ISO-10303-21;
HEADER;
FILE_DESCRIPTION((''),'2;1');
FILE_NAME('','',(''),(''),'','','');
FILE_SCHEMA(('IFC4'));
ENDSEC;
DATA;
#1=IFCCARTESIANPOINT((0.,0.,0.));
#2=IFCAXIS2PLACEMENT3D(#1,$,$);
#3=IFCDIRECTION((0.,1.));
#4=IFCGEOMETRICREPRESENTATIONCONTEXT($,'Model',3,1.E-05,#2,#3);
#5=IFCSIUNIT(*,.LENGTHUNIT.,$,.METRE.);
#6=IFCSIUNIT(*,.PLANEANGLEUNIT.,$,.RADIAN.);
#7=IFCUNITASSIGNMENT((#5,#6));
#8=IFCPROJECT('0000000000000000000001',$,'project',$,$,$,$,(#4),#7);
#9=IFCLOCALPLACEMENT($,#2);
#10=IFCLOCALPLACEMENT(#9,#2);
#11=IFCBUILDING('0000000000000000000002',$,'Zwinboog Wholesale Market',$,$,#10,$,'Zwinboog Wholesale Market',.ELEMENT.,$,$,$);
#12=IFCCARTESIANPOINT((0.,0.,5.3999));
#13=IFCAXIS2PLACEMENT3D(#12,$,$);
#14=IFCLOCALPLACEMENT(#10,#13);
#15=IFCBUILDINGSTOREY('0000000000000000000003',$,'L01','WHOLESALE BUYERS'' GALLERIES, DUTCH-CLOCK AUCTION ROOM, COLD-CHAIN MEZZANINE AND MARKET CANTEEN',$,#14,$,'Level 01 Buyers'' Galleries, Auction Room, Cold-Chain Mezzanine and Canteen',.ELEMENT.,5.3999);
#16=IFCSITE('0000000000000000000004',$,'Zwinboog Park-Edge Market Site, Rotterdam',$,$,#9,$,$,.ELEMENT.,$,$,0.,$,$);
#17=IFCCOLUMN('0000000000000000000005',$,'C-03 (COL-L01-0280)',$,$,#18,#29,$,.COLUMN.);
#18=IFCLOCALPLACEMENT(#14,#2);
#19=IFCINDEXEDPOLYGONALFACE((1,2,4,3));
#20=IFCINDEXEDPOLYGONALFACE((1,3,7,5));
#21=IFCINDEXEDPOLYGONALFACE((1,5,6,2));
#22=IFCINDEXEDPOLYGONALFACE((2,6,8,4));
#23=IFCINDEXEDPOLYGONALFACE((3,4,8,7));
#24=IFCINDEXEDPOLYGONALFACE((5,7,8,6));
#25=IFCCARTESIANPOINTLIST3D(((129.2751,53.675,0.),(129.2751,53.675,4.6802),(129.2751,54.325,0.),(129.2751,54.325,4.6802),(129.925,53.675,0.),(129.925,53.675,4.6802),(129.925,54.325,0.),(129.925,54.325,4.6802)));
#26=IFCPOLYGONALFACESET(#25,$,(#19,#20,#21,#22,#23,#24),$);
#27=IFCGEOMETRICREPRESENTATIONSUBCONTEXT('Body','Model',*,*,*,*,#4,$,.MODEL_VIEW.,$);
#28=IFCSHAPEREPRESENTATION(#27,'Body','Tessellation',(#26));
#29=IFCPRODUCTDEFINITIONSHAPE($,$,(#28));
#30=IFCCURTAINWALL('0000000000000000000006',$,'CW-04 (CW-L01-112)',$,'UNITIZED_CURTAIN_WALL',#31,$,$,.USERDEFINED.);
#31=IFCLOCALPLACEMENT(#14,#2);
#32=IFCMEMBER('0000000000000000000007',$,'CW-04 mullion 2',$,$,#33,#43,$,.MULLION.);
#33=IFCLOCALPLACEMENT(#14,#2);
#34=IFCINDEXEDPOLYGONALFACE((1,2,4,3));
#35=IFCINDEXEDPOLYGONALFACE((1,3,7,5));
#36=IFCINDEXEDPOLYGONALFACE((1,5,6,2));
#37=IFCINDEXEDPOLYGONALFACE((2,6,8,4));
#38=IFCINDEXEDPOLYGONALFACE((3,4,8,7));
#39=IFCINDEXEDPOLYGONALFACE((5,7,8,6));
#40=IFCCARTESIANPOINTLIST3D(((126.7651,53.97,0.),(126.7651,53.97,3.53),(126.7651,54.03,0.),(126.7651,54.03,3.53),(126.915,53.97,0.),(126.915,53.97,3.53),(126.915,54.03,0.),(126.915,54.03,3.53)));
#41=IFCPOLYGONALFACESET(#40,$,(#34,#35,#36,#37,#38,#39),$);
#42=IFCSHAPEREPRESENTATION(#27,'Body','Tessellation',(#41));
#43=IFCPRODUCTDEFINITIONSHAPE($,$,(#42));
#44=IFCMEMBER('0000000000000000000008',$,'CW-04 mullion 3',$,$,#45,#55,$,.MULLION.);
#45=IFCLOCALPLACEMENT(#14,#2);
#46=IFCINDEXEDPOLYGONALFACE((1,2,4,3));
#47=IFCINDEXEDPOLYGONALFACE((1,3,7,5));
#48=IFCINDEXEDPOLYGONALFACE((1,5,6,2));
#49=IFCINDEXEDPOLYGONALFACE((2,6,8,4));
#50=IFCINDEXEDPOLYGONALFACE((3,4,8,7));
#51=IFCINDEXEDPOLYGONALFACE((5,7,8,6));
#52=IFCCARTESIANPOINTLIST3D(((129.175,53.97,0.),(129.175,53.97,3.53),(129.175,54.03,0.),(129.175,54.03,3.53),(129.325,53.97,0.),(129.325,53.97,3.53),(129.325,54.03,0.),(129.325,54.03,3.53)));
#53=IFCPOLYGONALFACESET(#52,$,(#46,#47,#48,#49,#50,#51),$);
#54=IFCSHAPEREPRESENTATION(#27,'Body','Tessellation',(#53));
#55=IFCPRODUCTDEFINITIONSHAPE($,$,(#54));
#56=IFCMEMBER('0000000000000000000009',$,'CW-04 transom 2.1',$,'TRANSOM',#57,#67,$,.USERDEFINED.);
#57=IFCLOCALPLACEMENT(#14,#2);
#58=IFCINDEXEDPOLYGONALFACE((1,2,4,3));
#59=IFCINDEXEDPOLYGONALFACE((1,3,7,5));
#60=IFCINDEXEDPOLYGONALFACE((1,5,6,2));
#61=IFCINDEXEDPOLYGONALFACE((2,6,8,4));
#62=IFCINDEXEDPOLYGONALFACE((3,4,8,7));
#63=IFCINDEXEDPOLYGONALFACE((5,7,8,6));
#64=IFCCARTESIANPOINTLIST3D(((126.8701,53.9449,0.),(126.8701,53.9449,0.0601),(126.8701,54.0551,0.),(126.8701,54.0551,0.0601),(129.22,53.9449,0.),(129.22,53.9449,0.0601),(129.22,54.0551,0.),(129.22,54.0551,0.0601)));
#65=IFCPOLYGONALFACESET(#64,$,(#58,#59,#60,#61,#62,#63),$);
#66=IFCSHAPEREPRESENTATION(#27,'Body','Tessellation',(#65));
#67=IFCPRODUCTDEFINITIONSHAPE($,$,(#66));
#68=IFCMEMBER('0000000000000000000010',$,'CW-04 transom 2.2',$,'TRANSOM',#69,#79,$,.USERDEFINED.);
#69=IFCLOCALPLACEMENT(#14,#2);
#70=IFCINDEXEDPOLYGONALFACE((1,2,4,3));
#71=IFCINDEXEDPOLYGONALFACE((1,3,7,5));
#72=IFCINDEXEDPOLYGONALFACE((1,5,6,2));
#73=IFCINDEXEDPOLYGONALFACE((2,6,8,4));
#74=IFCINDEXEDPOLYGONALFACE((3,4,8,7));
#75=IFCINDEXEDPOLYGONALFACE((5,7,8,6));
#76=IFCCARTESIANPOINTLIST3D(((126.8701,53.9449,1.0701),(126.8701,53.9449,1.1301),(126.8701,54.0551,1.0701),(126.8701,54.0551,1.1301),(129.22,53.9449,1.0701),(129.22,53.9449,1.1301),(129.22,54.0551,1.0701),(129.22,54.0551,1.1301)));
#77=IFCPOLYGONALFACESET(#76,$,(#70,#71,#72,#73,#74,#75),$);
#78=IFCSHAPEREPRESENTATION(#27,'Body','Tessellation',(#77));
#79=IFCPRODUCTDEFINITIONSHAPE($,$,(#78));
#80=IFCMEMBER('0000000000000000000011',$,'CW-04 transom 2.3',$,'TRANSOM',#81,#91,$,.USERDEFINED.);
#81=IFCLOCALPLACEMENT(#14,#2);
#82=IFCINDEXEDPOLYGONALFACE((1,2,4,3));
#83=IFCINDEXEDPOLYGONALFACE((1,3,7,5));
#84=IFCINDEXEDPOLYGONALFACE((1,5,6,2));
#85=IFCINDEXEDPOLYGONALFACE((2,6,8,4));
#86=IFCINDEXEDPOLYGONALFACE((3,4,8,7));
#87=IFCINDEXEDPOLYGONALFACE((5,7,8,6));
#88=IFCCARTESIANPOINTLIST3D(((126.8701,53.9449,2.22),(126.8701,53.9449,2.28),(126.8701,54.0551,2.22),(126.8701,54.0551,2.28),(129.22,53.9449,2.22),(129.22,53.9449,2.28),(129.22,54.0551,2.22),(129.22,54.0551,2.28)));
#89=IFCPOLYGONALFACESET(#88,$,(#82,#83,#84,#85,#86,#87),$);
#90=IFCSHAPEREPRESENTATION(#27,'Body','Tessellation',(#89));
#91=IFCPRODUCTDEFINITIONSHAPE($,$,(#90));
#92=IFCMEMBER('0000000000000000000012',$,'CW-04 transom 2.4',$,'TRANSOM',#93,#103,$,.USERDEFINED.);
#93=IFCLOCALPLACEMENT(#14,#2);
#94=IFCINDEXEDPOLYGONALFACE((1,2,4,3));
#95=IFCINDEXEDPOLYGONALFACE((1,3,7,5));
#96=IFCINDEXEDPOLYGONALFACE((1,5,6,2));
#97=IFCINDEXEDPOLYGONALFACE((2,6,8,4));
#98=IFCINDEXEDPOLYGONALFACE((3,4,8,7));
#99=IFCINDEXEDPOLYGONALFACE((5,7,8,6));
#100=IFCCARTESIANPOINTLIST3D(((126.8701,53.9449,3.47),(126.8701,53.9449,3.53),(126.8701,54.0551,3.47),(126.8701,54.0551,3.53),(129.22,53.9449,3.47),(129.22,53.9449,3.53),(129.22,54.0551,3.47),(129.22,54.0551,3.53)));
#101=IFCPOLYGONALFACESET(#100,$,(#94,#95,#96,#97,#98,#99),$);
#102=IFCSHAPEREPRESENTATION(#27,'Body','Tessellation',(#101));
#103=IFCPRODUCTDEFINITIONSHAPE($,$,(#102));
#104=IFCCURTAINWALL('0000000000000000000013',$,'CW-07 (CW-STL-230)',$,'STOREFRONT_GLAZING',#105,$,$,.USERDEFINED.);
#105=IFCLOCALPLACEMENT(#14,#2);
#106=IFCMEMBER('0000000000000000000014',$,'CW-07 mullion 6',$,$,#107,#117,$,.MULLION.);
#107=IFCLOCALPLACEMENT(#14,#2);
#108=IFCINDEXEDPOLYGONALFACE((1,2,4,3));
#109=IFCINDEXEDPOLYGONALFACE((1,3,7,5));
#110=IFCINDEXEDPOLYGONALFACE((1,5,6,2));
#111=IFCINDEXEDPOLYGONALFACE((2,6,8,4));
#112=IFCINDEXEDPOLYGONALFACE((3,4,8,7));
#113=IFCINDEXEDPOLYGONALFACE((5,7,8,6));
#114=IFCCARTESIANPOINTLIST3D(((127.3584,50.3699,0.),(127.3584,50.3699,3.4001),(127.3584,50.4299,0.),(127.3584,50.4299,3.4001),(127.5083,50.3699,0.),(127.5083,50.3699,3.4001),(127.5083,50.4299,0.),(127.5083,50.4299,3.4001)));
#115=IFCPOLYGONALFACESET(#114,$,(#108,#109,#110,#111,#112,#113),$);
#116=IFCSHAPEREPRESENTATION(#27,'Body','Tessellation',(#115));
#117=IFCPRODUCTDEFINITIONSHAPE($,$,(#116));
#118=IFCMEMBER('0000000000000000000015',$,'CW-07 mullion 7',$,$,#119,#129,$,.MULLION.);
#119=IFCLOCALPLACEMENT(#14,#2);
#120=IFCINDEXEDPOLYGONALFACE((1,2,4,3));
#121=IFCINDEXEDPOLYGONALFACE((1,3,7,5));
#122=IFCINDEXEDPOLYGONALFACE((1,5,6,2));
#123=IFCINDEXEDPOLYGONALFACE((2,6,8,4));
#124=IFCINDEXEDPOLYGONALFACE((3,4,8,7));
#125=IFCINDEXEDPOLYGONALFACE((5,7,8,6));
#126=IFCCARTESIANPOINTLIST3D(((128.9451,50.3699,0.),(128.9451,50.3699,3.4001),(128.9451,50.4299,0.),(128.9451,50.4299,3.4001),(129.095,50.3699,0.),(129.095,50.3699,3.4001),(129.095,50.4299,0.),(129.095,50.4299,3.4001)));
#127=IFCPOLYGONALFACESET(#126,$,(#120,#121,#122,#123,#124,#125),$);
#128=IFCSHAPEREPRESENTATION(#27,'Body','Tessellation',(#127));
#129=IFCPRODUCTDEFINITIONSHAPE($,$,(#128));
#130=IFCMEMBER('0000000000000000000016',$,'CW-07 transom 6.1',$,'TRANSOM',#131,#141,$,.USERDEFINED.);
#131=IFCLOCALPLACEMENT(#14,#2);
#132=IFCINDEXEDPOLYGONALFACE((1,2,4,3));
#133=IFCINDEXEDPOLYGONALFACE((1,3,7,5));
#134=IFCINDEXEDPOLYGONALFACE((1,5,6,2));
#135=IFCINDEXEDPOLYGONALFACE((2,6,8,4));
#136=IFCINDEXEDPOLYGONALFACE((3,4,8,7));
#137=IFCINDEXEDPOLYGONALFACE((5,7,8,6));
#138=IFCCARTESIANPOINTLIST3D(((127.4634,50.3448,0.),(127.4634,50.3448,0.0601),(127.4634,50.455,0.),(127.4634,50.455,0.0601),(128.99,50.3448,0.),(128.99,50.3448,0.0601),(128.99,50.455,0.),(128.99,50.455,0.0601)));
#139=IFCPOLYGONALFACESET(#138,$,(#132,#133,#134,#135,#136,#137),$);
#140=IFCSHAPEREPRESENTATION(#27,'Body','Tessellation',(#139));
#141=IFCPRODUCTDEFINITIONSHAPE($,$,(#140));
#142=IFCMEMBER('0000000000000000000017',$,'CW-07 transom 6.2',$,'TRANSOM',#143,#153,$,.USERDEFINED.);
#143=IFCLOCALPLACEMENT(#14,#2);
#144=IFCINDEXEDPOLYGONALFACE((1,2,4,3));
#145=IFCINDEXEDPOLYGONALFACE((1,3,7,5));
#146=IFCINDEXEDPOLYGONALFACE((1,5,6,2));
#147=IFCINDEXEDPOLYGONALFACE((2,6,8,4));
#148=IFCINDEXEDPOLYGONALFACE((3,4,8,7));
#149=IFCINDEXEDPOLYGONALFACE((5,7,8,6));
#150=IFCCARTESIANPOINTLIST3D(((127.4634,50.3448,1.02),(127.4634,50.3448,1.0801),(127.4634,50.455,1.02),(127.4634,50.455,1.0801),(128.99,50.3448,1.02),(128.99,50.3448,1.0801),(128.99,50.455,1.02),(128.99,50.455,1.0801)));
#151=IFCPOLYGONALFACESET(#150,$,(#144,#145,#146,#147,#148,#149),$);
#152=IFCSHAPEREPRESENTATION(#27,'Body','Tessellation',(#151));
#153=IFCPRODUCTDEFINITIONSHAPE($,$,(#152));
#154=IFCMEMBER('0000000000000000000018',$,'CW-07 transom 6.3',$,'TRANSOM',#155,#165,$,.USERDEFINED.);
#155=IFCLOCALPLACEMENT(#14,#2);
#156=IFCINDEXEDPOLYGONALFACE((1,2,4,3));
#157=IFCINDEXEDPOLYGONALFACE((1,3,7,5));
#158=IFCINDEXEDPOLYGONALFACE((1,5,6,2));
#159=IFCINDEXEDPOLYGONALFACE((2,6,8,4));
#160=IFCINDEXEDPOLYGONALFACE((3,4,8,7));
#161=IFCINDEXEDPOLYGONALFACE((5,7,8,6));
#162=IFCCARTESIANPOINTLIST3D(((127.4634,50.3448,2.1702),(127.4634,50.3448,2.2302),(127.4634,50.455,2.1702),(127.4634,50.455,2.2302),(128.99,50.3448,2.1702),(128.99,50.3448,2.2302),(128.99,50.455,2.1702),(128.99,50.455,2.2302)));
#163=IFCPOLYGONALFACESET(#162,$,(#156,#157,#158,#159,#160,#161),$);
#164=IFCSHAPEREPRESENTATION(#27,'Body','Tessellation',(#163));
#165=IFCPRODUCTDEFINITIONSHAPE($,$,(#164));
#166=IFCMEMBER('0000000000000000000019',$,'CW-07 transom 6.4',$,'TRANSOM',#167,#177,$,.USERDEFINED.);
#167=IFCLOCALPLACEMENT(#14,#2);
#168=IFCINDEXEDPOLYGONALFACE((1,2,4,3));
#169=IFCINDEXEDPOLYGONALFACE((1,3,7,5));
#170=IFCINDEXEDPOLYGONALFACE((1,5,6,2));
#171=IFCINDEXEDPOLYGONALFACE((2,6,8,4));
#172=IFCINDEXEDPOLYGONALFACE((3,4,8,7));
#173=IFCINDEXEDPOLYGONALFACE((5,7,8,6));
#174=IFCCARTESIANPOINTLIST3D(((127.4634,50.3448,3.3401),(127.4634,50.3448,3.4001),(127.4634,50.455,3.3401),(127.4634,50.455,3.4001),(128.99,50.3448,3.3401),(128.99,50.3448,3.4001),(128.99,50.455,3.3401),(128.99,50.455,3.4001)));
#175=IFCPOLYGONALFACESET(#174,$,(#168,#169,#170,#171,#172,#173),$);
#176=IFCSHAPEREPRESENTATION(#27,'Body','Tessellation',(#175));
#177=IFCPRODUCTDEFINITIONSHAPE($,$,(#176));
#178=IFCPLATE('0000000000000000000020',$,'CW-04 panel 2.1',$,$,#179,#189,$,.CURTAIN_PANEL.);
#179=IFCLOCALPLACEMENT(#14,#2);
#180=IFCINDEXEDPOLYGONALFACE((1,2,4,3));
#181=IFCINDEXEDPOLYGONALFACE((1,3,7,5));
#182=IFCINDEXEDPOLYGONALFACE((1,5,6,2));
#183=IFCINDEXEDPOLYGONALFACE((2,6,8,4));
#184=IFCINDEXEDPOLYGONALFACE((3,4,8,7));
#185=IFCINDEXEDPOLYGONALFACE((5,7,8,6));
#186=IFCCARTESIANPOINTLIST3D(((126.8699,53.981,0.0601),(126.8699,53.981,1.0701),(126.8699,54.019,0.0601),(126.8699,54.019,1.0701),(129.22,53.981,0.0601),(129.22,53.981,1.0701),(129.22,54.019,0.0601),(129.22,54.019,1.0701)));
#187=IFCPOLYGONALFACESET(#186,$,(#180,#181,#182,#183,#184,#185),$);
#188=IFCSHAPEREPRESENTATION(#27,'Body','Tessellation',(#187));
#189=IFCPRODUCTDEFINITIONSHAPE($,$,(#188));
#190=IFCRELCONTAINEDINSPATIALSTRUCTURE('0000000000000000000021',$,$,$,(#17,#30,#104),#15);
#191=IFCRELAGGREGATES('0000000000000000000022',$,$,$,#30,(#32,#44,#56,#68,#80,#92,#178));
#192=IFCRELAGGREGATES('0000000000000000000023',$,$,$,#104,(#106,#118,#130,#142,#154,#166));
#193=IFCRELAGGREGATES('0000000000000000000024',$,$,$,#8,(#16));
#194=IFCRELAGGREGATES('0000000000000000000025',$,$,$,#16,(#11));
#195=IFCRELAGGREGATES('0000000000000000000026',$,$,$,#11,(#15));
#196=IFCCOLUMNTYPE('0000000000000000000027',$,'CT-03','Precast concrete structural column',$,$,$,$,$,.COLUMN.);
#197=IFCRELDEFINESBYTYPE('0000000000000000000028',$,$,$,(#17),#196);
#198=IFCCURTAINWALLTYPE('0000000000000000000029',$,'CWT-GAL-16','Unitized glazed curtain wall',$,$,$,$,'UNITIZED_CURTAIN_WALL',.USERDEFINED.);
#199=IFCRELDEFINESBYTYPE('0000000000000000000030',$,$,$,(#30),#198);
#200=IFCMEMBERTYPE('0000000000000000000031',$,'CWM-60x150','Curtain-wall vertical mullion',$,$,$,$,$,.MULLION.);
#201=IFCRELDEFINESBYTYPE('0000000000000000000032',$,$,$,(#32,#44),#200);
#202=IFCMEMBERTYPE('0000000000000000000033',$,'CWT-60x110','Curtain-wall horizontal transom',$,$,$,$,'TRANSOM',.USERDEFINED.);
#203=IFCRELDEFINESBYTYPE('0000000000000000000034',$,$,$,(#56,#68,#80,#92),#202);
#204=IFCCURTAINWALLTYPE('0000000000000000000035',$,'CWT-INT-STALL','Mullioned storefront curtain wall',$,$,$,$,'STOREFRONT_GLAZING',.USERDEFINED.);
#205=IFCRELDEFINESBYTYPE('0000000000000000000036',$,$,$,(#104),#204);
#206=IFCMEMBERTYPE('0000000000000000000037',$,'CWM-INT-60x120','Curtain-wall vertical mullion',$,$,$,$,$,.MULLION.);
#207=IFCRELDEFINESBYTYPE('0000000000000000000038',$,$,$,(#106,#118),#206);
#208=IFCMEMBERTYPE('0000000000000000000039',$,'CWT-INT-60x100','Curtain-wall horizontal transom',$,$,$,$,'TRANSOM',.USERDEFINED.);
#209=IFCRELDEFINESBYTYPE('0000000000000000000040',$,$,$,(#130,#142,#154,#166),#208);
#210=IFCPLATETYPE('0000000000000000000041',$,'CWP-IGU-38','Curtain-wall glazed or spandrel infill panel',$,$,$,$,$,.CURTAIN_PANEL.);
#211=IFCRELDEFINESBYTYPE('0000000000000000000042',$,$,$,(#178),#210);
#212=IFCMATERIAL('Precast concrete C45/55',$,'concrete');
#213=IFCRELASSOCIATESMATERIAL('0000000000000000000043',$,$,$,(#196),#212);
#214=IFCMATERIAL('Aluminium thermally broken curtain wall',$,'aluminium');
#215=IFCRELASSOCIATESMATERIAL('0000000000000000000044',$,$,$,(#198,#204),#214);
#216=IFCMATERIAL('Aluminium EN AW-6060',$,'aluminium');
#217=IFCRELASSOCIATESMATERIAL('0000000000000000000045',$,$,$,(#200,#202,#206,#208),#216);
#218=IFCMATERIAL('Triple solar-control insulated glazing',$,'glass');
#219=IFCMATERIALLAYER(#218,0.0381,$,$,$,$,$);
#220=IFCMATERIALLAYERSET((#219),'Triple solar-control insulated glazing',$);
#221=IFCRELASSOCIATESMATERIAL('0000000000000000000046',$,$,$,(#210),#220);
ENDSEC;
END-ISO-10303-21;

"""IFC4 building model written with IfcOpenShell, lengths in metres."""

from ifc_helpers import new_model, si_unit, direction, frame, origin, origin_2d, place, context, subcontext, project, spatial, rectangle, extrude, material, layer, layer_set, material_profile, profile_set, type_object, element, aggregate, save


model = new_model("IFC4")

# Units and contexts
model_context = context("Model", 3, precision=1e-05, world=origin(), true_north=direction((0.0, 1.0)))
body_context = subcontext(model_context, "Body", "Model", "MODEL_VIEW")
ifc_project = project(units=[si_unit("LENGTHUNIT", "METRE"), si_unit("PLANEANGLEUNIT", "RADIAN")], contexts=[model_context])

# Site, building, storey
site_placement = place(None, origin())
site = spatial("IfcSite", under=ifc_project, at=site_placement, Name="Zwinboog Park-Edge Market Site, Rotterdam", CompositionType="ELEMENT", RefElevation=0.0)
building_placement = place(site_placement, origin())
building = spatial("IfcBuilding", under=site, at=building_placement, Name="Zwinboog Wholesale Market", LongName="Zwinboog Wholesale Market", CompositionType="ELEMENT")
storey_placement = place(building_placement, frame((0.0, 0.0, 5.3999)))
storey = spatial("IfcBuildingStorey", under=building, at=storey_placement, Name="L01", Description="WHOLESALE BUYERS' GALLERIES, DUTCH-CLOCK AUCTION ROOM, COLD-CHAIN MEZZANINE AND MARKET CANTEEN", LongName="Level 01 Buyers' Galleries, Auction Room, Cold-Chain Mezzanine and Canteen", CompositionType="ELEMENT", Elevation=5.3999)

# Column
ifc_material_1 = material(Name="Precast concrete C45/55", Category="concrete")
ifc_material_profile_1 = material_profile(ifc_material_1, rectangle(XDim=0.6499, YDim=0.6499, at=origin_2d()), Name="PC 650x650")
ifc_profile_set_1 = profile_set([ifc_material_profile_1], Name="Precast concrete C45/55")
column_type = type_object("IfcColumnType", Name="CT-03", Description="Precast concrete structural column", PredefinedType="COLUMN", material=ifc_profile_set_1)
column_placement = place(storey_placement, frame((129.6001, 54.0, 0.0), z_axis=(0.0, 0.0, 1.0), x_axis=(1.0, 0.0, 0.0)))
element("IfcColumn", 1, at=column_placement, inside=storey, type_object=column_type, Name="C-03 (COL-L01-0280)", PredefinedType="COLUMN", context=body_context, shape_type="SweptSolid", body=[
    extrude(rectangle(XDim=0.6499, YDim=0.6499, at=origin_2d()), origin(), (0.0, 0.0, 1.0), 4.6802),
])

# Curtain walls, members
ifc_material_2 = material(Name="Aluminium thermally broken curtain wall", Category="aluminium")
curtain_wall_type_1 = type_object("IfcCurtainWallType", Name="CWT-GAL-16", Description="Unitized glazed curtain wall", ElementType="UNITIZED_CURTAIN_WALL", PredefinedType="USERDEFINED", material=ifc_material_2)
curtain_wall_1_placement = place(storey_placement, origin())
curtain_wall_1 = element("IfcCurtainWall", 2, at=curtain_wall_1_placement, inside=storey, type_object=curtain_wall_type_1, Name="CW-04 (CW-L01-112)", ObjectType="UNITIZED_CURTAIN_WALL", PredefinedType="USERDEFINED")
ifc_material_3 = material(Name="Aluminium EN AW-6060", Category="aluminium")
ifc_material_profile_2 = material_profile(ifc_material_3, rectangle(XDim=0.0601, YDim=0.1499, at=origin_2d()), Name="AL 60x150")
ifc_profile_set_2 = profile_set([ifc_material_profile_2], Name="Aluminium EN AW-6060")
member_type_1 = type_object("IfcMemberType", Name="CWM-60x150", Description="Curtain-wall vertical mullion", PredefinedType="MULLION", material=ifc_profile_set_2)
member_1_placement = place(storey_placement, frame((126.8401, 54.0, 0.0), z_axis=(0.0, 0.0, 1.0), x_axis=(0.0, 1.0, 0.0)))
member_1 = element("IfcMember", 3, at=member_1_placement, type_object=member_type_1, Name="CW-04 mullion 2", PredefinedType="MULLION", context=body_context, shape_type="SweptSolid", body=[
    extrude(rectangle(XDim=0.0601, YDim=0.1499, at=origin_2d()), origin(), (0.0, 0.0, 1.0), 3.53),
])
member_2_placement = place(storey_placement, frame((129.25, 54.0, 0.0), z_axis=(0.0, 0.0, 1.0), x_axis=(0.0, 1.0, 0.0)))
member_2 = element("IfcMember", 4, at=member_2_placement, type_object=member_type_1, Name="CW-04 mullion 3", PredefinedType="MULLION", context=body_context, shape_type="SweptSolid", body=[
    extrude(rectangle(XDim=0.0601, YDim=0.1499, at=origin_2d()), origin(), (0.0, 0.0, 1.0), 3.53),
])
ifc_material_profile_3 = material_profile(ifc_material_3, rectangle(XDim=0.1101, YDim=0.0601, at=origin_2d()), Name="AL 60x110")
ifc_profile_set_3 = profile_set([ifc_material_profile_3], Name="Aluminium EN AW-6060")
member_type_2 = type_object("IfcMemberType", Name="CWT-60x110", Description="Curtain-wall horizontal transom", ElementType="TRANSOM", PredefinedType="USERDEFINED", material=ifc_profile_set_3)
member_3_placement = place(storey_placement, frame((126.8701, 54.0, 0.03), z_axis=(1.0, 0.0, 0.0), x_axis=(0.0, 1.0, 0.0)))
member_3 = element("IfcMember", 5, at=member_3_placement, type_object=member_type_2, Name="CW-04 transom 2.1", ObjectType="TRANSOM", PredefinedType="USERDEFINED", context=body_context, shape_type="SweptSolid", body=[
    extrude(rectangle(XDim=0.1101, YDim=0.0601, at=origin_2d()), origin(), (0.0, 0.0, 1.0), 2.3499),
])
member_4_placement = place(storey_placement, frame((126.8701, 54.0, 1.1001), z_axis=(1.0, 0.0, 0.0), x_axis=(0.0, 1.0, 0.0)))
member_4 = element("IfcMember", 6, at=member_4_placement, type_object=member_type_2, Name="CW-04 transom 2.2", ObjectType="TRANSOM", PredefinedType="USERDEFINED", context=body_context, shape_type="SweptSolid", body=[
    extrude(rectangle(XDim=0.1101, YDim=0.0601, at=origin_2d()), origin(), (0.0, 0.0, 1.0), 2.3499),
])
member_5_placement = place(storey_placement, frame((126.8701, 54.0, 2.25), z_axis=(1.0, 0.0, 0.0), x_axis=(0.0, 1.0, 0.0)))
member_5 = element("IfcMember", 7, at=member_5_placement, type_object=member_type_2, Name="CW-04 transom 2.3", ObjectType="TRANSOM", PredefinedType="USERDEFINED", context=body_context, shape_type="SweptSolid", body=[
    extrude(rectangle(XDim=0.1101, YDim=0.0601, at=origin_2d()), origin(), (0.0, 0.0, 1.0), 2.3499),
])
member_6_placement = place(storey_placement, frame((126.8701, 54.0, 3.5), z_axis=(1.0, 0.0, 0.0), x_axis=(0.0, 1.0, 0.0)))
member_6 = element("IfcMember", 8, at=member_6_placement, type_object=member_type_2, Name="CW-04 transom 2.4", ObjectType="TRANSOM", PredefinedType="USERDEFINED", context=body_context, shape_type="SweptSolid", body=[
    extrude(rectangle(XDim=0.1101, YDim=0.0601, at=origin_2d()), origin(), (0.0, 0.0, 1.0), 2.3499),
])
curtain_wall_type_2 = type_object("IfcCurtainWallType", Name="CWT-INT-STALL", Description="Mullioned storefront curtain wall", ElementType="STOREFRONT_GLAZING", PredefinedType="USERDEFINED", material=ifc_material_2)
curtain_wall_2_placement = place(storey_placement, origin())
curtain_wall_2 = element("IfcCurtainWall", 9, at=curtain_wall_2_placement, inside=storey, type_object=curtain_wall_type_2, Name="CW-07 (CW-STL-230)", ObjectType="STOREFRONT_GLAZING", PredefinedType="USERDEFINED")
ifc_material_profile_4 = material_profile(ifc_material_3, rectangle(XDim=0.0601, YDim=0.1499, at=origin_2d()), Name="AL 60x150")
ifc_profile_set_4 = profile_set([ifc_material_profile_4], Name="Aluminium EN AW-6060")
member_type_3 = type_object("IfcMemberType", Name="CWM-INT-60x120", Description="Curtain-wall vertical mullion", PredefinedType="MULLION", material=ifc_profile_set_4)
member_7_placement = place(storey_placement, frame((127.4333, 50.3999, 0.0), z_axis=(0.0, 0.0, 1.0), x_axis=(0.0, 1.0, 0.0)))
member_7 = element("IfcMember", 10, at=member_7_placement, type_object=member_type_3, Name="CW-07 mullion 6", PredefinedType="MULLION", context=body_context, shape_type="SweptSolid", body=[
    extrude(rectangle(XDim=0.0601, YDim=0.1499, at=origin_2d()), origin(), (0.0, 0.0, 1.0), 3.4001),
])
member_8_placement = place(storey_placement, frame((129.02, 50.3999, 0.0), z_axis=(0.0, 0.0, 1.0), x_axis=(0.0, 1.0, 0.0)))
member_8 = element("IfcMember", 11, at=member_8_placement, type_object=member_type_3, Name="CW-07 mullion 7", PredefinedType="MULLION", context=body_context, shape_type="SweptSolid", body=[
    extrude(rectangle(XDim=0.0601, YDim=0.1499, at=origin_2d()), origin(), (0.0, 0.0, 1.0), 3.4001),
])
ifc_material_profile_5 = material_profile(ifc_material_3, rectangle(XDim=0.1101, YDim=0.0601, at=origin_2d()), Name="AL 60x110")
ifc_profile_set_5 = profile_set([ifc_material_profile_5], Name="Aluminium EN AW-6060")
member_type_4 = type_object("IfcMemberType", Name="CWT-INT-60x100", Description="Curtain-wall horizontal transom", ElementType="TRANSOM", PredefinedType="USERDEFINED", material=ifc_profile_set_5)
member_9_placement = place(storey_placement, frame((127.4634, 50.3999, 0.03), z_axis=(1.0, 0.0, 0.0), x_axis=(0.0, 1.0, 0.0)))
member_9 = element("IfcMember", 12, at=member_9_placement, type_object=member_type_4, Name="CW-07 transom 6.1", ObjectType="TRANSOM", PredefinedType="USERDEFINED", context=body_context, shape_type="SweptSolid", body=[
    extrude(rectangle(XDim=0.1101, YDim=0.0601, at=origin_2d()), origin(), (0.0, 0.0, 1.0), 1.5266),
])
member_10_placement = place(storey_placement, frame((127.4634, 50.3999, 1.05), z_axis=(1.0, 0.0, 0.0), x_axis=(0.0, 1.0, 0.0)))
member_10 = element("IfcMember", 13, at=member_10_placement, type_object=member_type_4, Name="CW-07 transom 6.2", ObjectType="TRANSOM", PredefinedType="USERDEFINED", context=body_context, shape_type="SweptSolid", body=[
    extrude(rectangle(XDim=0.1101, YDim=0.0601, at=origin_2d()), origin(), (0.0, 0.0, 1.0), 1.5266),
])
member_11_placement = place(storey_placement, frame((127.4634, 50.3999, 2.2002), z_axis=(1.0, 0.0, 0.0), x_axis=(0.0, 1.0, 0.0)))
member_11 = element("IfcMember", 14, at=member_11_placement, type_object=member_type_4, Name="CW-07 transom 6.3", ObjectType="TRANSOM", PredefinedType="USERDEFINED", context=body_context, shape_type="SweptSolid", body=[
    extrude(rectangle(XDim=0.1101, YDim=0.0601, at=origin_2d()), origin(), (0.0, 0.0, 1.0), 1.5266),
])
member_12_placement = place(storey_placement, frame((127.4634, 50.3999, 3.3701), z_axis=(1.0, 0.0, 0.0), x_axis=(0.0, 1.0, 0.0)))
member_12 = element("IfcMember", 15, at=member_12_placement, type_object=member_type_4, Name="CW-07 transom 6.4", ObjectType="TRANSOM", PredefinedType="USERDEFINED", context=body_context, shape_type="SweptSolid", body=[
    extrude(rectangle(XDim=0.1101, YDim=0.0601, at=origin_2d()), origin(), (0.0, 0.0, 1.0), 1.5266),
])

# Plate
ifc_material_4 = material(Name="Triple solar-control insulated glazing", Category="glass")
ifc_layer_1 = layer(ifc_material_4, 0.0381)
ifc_layer_set_1 = layer_set([ifc_layer_1], Name="Triple solar-control insulated glazing")
plate_type_1 = type_object("IfcPlateType", Name="CWP-IGU-38", Description="Curtain-wall glazed or spandrel infill panel", PredefinedType="CURTAIN_PANEL", material=ifc_layer_set_1)
plate_1_placement = place(storey_placement, frame((128.0449, 54.0, 0.0601), z_axis=(0.0, 0.0, 1.0), x_axis=(1.0, 0.0, 0.0)))
plate_1 = element("IfcPlate", 16, at=plate_1_placement, type_object=plate_type_1, Name="CW-04 panel 2.1", PredefinedType="CURTAIN_PANEL", context=body_context, shape_type="SweptSolid", body=[
    extrude(rectangle(XDim=2.3501, YDim=0.0381, at=origin_2d()), origin(), (0.0, 0.0, 1.0), 1.01),
])
aggregate(curtain_wall_1, [member_1, member_2, member_3, member_4, member_5, member_6, plate_1])
aggregate(curtain_wall_2, [member_7, member_8, member_9, member_10, member_11, member_12])

save(model, "model.ifc")
